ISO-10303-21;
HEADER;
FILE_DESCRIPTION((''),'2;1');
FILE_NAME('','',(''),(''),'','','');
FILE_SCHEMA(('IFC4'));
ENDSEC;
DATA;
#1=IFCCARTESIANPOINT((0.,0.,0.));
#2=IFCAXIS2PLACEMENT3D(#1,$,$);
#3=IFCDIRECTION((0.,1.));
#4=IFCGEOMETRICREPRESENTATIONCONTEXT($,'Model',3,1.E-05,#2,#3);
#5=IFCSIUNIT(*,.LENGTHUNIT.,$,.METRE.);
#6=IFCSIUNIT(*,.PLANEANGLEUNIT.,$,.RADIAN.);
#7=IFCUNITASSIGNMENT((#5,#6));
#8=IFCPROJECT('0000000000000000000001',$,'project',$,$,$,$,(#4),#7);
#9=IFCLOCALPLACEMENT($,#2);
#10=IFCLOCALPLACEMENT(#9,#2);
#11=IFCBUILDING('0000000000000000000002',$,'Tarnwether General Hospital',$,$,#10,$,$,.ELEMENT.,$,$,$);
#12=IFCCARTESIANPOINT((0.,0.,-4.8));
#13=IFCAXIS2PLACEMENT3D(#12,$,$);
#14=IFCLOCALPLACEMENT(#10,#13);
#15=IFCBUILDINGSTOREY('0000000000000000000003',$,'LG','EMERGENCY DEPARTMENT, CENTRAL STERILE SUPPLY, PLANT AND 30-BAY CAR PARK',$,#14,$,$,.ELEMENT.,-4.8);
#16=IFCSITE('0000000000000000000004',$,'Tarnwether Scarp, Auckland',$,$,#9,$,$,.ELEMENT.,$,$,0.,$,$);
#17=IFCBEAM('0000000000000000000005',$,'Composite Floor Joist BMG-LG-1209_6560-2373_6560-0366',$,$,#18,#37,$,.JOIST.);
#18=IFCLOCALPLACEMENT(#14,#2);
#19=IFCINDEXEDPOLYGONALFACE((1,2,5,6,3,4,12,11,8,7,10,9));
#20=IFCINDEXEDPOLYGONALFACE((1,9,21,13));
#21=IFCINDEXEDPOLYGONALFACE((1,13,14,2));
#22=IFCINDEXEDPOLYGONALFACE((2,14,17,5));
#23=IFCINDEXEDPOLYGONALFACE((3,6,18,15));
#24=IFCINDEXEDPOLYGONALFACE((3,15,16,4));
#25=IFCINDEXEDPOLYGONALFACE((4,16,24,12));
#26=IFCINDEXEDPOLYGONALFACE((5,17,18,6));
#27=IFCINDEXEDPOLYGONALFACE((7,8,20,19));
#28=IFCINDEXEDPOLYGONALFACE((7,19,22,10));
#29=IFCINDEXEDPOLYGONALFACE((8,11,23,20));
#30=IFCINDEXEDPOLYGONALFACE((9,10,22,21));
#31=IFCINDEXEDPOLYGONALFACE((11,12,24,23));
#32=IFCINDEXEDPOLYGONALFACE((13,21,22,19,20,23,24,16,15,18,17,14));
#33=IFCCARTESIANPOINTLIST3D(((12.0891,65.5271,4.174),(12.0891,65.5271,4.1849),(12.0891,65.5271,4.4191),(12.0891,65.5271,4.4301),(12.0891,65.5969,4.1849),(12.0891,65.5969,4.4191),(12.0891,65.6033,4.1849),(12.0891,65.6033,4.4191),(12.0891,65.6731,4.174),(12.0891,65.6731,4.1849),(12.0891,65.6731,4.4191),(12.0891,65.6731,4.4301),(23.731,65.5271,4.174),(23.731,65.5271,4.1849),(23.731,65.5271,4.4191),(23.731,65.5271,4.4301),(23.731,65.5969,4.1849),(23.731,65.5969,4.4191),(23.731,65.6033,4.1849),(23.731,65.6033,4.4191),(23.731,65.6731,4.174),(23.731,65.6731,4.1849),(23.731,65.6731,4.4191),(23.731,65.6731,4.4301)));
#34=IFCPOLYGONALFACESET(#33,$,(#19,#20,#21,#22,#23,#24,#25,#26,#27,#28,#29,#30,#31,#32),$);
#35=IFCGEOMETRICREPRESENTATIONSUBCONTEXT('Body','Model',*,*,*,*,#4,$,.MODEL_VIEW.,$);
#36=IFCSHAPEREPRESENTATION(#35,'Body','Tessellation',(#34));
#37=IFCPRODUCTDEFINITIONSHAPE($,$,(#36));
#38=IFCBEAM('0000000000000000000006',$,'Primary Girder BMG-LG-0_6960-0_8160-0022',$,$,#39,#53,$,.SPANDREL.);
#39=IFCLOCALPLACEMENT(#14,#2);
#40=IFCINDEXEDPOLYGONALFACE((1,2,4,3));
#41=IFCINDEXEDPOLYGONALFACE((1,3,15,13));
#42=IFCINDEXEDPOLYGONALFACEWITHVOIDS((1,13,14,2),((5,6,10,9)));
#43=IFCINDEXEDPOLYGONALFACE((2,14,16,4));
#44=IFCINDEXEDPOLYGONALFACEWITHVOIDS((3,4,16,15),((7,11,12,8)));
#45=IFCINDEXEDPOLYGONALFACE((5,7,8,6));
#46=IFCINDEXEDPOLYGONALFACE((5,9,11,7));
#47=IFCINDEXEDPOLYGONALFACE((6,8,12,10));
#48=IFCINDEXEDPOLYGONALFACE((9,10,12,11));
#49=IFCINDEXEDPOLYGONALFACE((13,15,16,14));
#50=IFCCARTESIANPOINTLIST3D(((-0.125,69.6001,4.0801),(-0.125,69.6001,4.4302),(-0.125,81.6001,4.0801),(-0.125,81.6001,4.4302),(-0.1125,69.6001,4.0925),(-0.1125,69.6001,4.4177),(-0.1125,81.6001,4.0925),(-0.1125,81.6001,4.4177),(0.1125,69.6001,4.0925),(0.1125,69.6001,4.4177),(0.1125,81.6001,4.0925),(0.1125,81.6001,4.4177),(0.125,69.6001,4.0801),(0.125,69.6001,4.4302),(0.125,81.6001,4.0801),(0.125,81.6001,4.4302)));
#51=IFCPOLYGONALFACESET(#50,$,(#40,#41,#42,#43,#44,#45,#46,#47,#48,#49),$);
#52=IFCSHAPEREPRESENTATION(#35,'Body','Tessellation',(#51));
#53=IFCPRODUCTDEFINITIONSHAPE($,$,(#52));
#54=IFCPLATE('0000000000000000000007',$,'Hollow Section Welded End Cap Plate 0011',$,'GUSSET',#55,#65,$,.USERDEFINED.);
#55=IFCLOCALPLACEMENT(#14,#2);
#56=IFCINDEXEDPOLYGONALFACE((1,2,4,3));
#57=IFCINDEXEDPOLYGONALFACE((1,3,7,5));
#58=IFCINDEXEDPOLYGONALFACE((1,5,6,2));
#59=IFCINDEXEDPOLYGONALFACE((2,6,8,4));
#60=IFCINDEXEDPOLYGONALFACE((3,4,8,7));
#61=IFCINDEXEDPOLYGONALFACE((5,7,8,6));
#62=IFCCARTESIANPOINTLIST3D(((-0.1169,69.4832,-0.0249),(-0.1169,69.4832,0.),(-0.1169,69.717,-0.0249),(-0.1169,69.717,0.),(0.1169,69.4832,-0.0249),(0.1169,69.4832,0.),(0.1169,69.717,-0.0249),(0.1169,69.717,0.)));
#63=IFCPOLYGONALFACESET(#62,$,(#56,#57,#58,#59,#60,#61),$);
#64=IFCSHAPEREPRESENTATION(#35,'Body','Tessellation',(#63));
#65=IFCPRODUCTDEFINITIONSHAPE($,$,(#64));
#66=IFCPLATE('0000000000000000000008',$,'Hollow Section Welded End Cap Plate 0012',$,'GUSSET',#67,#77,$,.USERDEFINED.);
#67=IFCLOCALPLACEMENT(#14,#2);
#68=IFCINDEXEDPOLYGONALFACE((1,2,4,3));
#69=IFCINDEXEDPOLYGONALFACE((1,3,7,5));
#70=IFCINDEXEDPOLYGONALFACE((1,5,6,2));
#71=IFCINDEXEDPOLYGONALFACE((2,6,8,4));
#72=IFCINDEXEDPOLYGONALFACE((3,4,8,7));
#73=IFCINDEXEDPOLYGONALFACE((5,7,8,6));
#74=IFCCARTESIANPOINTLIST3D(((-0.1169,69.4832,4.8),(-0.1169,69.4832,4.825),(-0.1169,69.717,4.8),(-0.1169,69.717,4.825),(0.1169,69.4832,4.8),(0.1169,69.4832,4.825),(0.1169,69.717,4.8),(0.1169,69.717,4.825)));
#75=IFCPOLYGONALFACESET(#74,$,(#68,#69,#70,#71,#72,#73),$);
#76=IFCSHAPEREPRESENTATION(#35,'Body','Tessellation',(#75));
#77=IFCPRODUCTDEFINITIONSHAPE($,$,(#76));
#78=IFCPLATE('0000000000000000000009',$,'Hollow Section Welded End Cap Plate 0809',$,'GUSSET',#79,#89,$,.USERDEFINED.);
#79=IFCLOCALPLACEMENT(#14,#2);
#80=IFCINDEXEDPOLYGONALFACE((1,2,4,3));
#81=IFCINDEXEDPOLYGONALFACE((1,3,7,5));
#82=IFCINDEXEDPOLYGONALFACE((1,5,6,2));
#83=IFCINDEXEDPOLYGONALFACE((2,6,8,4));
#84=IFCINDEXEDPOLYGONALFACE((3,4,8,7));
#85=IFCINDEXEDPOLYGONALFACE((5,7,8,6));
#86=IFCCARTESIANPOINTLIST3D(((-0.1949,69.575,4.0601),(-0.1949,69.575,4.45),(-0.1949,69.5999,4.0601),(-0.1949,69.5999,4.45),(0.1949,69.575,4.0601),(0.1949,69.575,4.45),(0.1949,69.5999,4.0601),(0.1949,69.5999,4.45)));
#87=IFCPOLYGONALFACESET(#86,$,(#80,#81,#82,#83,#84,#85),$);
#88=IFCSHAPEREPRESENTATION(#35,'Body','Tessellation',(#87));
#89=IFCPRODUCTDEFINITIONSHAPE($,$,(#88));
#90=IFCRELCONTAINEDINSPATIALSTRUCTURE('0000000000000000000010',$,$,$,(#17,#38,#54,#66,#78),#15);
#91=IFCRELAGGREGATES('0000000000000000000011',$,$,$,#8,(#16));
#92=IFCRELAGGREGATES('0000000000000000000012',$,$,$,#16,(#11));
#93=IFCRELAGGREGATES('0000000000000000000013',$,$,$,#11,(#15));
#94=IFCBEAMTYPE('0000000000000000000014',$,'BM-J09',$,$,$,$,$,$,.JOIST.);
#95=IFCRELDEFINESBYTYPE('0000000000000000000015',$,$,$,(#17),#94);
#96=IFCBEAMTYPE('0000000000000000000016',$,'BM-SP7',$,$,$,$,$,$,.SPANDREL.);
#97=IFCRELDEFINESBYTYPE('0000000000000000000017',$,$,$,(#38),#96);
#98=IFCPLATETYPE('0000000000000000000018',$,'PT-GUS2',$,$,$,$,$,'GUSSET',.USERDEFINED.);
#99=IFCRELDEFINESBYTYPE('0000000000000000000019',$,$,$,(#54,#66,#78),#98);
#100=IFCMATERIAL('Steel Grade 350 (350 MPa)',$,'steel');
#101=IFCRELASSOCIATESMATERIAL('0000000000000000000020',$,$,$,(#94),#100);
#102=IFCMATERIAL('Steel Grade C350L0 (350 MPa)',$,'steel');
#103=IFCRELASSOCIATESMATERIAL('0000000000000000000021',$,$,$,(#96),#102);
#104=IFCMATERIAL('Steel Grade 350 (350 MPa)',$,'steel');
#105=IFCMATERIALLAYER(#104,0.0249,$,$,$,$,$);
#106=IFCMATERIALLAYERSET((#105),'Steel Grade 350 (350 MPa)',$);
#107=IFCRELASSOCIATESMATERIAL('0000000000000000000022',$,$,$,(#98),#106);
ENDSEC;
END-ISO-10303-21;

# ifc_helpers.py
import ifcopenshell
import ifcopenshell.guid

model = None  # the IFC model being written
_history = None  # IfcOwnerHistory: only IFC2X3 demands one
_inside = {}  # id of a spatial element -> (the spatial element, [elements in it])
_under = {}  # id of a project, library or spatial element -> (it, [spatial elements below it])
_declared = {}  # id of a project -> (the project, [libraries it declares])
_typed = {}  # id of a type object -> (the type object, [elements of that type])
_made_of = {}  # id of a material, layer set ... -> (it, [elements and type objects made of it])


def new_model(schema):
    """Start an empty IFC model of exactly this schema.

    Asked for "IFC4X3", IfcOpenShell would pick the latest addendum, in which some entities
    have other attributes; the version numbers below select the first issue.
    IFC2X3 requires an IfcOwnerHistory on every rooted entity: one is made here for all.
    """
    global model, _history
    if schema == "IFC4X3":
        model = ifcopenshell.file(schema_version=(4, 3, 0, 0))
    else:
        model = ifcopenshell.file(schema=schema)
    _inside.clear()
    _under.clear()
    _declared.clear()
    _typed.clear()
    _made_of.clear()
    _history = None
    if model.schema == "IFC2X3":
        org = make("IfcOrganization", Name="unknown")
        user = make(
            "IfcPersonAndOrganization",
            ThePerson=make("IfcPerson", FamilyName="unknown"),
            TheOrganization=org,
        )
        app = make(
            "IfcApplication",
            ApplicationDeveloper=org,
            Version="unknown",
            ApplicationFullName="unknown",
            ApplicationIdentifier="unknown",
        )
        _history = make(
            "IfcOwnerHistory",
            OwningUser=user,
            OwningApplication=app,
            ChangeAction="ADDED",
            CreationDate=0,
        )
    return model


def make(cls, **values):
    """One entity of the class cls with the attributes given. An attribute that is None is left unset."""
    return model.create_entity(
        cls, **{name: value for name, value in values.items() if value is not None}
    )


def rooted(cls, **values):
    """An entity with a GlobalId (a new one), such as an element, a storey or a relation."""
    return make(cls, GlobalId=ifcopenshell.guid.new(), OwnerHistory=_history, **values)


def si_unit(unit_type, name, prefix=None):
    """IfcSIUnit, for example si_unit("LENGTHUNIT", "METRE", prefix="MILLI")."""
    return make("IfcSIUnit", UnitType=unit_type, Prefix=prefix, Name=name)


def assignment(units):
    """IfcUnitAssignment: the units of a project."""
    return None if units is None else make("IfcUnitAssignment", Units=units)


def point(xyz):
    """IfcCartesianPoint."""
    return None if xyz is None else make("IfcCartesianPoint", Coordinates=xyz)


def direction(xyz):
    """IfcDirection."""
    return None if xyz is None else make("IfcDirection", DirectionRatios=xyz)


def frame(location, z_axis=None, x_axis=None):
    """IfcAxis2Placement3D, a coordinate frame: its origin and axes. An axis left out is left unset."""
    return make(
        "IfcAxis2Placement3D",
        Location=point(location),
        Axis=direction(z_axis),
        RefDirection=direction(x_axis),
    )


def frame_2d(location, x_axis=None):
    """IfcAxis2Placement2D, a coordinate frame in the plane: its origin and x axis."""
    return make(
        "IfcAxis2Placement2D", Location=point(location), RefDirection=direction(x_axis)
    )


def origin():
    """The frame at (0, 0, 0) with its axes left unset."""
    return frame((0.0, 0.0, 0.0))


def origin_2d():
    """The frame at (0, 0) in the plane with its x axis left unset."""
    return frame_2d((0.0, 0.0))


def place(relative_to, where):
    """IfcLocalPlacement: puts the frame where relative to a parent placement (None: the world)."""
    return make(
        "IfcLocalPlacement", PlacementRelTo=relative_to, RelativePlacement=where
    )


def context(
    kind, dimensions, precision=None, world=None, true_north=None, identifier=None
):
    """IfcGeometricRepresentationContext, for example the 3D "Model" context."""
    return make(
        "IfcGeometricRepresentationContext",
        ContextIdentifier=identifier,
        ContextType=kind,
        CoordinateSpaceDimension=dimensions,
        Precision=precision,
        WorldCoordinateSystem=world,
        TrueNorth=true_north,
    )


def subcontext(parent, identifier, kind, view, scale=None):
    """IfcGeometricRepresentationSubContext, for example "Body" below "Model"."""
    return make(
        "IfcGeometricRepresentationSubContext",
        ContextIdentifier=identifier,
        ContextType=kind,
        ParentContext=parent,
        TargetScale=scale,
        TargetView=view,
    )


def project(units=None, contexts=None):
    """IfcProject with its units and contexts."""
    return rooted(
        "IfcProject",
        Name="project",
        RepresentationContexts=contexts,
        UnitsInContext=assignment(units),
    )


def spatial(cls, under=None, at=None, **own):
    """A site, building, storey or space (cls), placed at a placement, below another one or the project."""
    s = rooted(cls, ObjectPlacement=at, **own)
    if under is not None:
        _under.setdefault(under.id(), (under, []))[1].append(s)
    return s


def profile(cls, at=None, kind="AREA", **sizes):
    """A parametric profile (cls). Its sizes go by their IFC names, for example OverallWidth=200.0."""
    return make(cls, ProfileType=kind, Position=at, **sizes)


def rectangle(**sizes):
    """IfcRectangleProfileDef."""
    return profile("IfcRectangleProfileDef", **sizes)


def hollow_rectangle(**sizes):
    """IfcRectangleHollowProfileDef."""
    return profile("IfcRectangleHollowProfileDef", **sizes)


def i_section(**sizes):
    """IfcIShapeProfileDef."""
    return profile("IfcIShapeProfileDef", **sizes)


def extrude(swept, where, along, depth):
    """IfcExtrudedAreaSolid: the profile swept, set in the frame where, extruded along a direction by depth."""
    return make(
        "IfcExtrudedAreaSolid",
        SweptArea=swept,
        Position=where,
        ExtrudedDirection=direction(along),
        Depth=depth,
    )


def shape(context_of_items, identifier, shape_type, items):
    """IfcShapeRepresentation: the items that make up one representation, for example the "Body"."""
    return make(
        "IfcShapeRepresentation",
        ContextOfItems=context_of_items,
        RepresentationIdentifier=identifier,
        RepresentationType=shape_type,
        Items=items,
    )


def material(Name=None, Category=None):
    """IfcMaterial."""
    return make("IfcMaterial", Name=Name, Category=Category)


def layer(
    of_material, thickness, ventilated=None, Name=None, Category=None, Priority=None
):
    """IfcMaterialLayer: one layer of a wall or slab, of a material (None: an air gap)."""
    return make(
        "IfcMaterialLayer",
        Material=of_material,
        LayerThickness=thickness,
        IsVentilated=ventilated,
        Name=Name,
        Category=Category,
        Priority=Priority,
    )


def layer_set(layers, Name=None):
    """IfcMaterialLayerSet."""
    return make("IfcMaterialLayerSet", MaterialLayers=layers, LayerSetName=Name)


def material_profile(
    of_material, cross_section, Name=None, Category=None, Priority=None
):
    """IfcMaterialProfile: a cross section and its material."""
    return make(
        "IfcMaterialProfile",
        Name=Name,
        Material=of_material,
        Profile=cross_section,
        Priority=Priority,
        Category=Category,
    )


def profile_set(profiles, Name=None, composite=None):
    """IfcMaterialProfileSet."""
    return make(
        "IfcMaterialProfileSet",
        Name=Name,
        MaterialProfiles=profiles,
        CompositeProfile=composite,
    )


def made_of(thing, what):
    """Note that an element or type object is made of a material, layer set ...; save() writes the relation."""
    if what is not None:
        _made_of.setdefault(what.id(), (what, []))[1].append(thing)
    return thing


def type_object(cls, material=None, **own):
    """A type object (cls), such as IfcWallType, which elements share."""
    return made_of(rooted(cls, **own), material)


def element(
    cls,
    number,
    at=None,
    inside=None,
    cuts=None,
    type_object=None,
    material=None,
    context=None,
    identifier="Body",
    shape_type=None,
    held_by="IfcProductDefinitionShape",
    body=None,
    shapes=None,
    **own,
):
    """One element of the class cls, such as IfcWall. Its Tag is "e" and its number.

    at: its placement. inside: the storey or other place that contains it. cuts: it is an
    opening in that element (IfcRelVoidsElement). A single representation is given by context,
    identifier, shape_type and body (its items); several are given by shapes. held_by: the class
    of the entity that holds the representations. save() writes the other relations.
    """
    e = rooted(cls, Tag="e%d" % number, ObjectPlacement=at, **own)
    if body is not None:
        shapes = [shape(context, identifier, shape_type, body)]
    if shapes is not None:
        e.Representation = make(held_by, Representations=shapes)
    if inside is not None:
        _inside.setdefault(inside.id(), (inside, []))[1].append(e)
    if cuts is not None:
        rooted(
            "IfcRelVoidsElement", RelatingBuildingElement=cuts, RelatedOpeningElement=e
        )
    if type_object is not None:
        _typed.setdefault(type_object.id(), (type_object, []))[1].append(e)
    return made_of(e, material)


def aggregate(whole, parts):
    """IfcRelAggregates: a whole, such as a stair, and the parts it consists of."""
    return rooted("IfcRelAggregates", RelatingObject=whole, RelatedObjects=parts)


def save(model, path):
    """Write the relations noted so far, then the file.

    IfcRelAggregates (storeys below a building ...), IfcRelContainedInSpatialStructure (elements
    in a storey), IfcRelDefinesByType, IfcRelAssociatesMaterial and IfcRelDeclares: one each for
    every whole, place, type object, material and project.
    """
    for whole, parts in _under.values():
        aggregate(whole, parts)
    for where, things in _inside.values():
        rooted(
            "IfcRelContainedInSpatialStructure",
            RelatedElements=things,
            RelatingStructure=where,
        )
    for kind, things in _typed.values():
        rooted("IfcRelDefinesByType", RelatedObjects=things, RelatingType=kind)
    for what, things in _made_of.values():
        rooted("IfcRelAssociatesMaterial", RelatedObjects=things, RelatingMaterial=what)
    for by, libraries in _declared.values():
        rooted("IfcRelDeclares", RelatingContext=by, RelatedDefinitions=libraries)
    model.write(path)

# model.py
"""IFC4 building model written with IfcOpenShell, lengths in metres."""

from ifc_helpers import new_model, si_unit, direction, frame, origin, origin_2d, place, context, subcontext, project, spatial, rectangle, hollow_rectangle, i_section, extrude, material, layer, layer_set, material_profile, profile_set, type_object, element, save


model = new_model("IFC4")

# Units and contexts
model_context = context("Model", 3, precision=1e-05, world=origin(), true_north=direction((0.0, 1.0)))
body_context = subcontext(model_context, "Body", "Model", "MODEL_VIEW")
ifc_project = project(units=[si_unit("LENGTHUNIT", "METRE"), si_unit("PLANEANGLEUNIT", "RADIAN")], contexts=[model_context])

# Site, building, storey
site_placement = place(None, origin())
site = spatial("IfcSite", under=ifc_project, at=site_placement, Name="Tarnwether Scarp, Auckland", CompositionType="ELEMENT", RefElevation=0.0)
building_placement = place(site_placement, origin())
building = spatial("IfcBuilding", under=site, at=building_placement, Name="Tarnwether General Hospital", CompositionType="ELEMENT")
storey_placement = place(building_placement, frame((0.0, 0.0, -4.8)))
storey = spatial("IfcBuildingStorey", under=building, at=storey_placement, Name="LG", Description="EMERGENCY DEPARTMENT, CENTRAL STERILE SUPPLY, PLANT AND 30-BAY CAR PARK", CompositionType="ELEMENT", Elevation=-4.8)

# Beams
ifc_material_1 = material(Name="Steel Grade 350 (350 MPa)", Category="steel")
ifc_material_profile_1 = material_profile(ifc_material_1, i_section(OverallWidth=0.146, OverallDepth=0.2561, WebThickness=0.0063, FlangeThickness=0.011, at=origin_2d()), Name="250UB37.3")
ifc_profile_set_1 = profile_set([ifc_material_profile_1], Name="Steel Grade 350 (350 MPa)")
beam_type_1 = type_object("IfcBeamType", Name="BM-J09", PredefinedType="JOIST", material=ifc_profile_set_1)
beam_1_placement = place(storey_placement, frame((12.0891, 65.6001, 4.302), z_axis=(1.0, 0.0, 0.0), x_axis=(0.0, 1.0, 0.0)))
element("IfcBeam", 1, at=beam_1_placement, inside=storey, type_object=beam_type_1, Name="Composite Floor Joist BMG-LG-1209_6560-2373_6560-0366", PredefinedType="JOIST", context=body_context, shape_type="SweptSolid", body=[
    extrude(i_section(OverallWidth=0.146, OverallDepth=0.2561, WebThickness=0.0063, FlangeThickness=0.011, at=origin_2d()), origin(), (0.0, 0.0, 1.0), 11.6418),
])
ifc_material_2 = material(Name="Steel Grade C350L0 (350 MPa)", Category="steel")
ifc_material_profile_2 = material_profile(ifc_material_2, hollow_rectangle(XDim=0.25, YDim=0.3501, WallThickness=0.0125, at=origin_2d()), Name="RHS350x250x12.5")
ifc_profile_set_2 = profile_set([ifc_material_profile_2], Name="Steel Grade C350L0 (350 MPa)")
beam_type_2 = type_object("IfcBeamType", Name="BM-SP7", PredefinedType="SPANDREL", material=ifc_profile_set_2)
beam_2_placement = place(storey_placement, frame((0.0, 69.6001, 4.2551), z_axis=(0.0, 1.0, 0.0), x_axis=(-1.0, 0.0, 0.0)))
element("IfcBeam", 2, at=beam_2_placement, inside=storey, type_object=beam_type_2, Name="Primary Girder BMG-LG-0_6960-0_8160-0022", PredefinedType="SPANDREL", context=body_context, shape_type="SweptSolid", body=[
    extrude(hollow_rectangle(XDim=0.25, YDim=0.3501, WallThickness=0.0125, at=origin_2d()), origin(), (0.0, 0.0, 1.0), 12.0),
])

# Plates
ifc_material_3 = material(Name="Steel Grade 350 (350 MPa)", Category="steel")
ifc_layer = layer(ifc_material_3, 0.0249)
ifc_layer_set = layer_set([ifc_layer], Name="Steel Grade 350 (350 MPa)")
plate_type = type_object("IfcPlateType", Name="PT-GUS2", ElementType="GUSSET", PredefinedType="USERDEFINED", material=ifc_layer_set)
for number, where, z_axis, x_axis, name in (
    (3, (0.0, 69.6001, -0.0249), (0.0, 0.0, 1.0), (1.0, 0.0, 0.0), "Hollow Section Welded End Cap Plate 0011"),
    (4, (0.0, 69.6001, 4.8), (0.0, 0.0, 1.0), (1.0, 0.0, 0.0), "Hollow Section Welded End Cap Plate 0012"),
):
    element("IfcPlate", number, at=place(storey_placement, frame(where, z_axis=z_axis, x_axis=x_axis)), inside=storey, type_object=plate_type, Name=name, ObjectType="GUSSET", PredefinedType="USERDEFINED", context=body_context, shape_type="SweptSolid", body=[
        extrude(rectangle(XDim=0.2339, YDim=0.2339, at=origin_2d()), origin(), (0.0, 0.0, 1.0), 0.0249),
    ])
plate_placement = place(storey_placement, frame((0.0, 69.5874, 4.0601), z_axis=(0.0, 0.0, 1.0), x_axis=(0.0, 1.0, 0.0)))
element("IfcPlate", 5, at=plate_placement, inside=storey, type_object=plate_type, Name="Hollow Section Welded End Cap Plate 0809", ObjectType="GUSSET", PredefinedType="USERDEFINED", context=body_context, shape_type="SweptSolid", body=[
    extrude(rectangle(XDim=0.0249, YDim=0.3899, at=origin_2d()), origin(), (0.0, 0.0, 1.0), 0.3899),
])

save(model, "model.ifc")
